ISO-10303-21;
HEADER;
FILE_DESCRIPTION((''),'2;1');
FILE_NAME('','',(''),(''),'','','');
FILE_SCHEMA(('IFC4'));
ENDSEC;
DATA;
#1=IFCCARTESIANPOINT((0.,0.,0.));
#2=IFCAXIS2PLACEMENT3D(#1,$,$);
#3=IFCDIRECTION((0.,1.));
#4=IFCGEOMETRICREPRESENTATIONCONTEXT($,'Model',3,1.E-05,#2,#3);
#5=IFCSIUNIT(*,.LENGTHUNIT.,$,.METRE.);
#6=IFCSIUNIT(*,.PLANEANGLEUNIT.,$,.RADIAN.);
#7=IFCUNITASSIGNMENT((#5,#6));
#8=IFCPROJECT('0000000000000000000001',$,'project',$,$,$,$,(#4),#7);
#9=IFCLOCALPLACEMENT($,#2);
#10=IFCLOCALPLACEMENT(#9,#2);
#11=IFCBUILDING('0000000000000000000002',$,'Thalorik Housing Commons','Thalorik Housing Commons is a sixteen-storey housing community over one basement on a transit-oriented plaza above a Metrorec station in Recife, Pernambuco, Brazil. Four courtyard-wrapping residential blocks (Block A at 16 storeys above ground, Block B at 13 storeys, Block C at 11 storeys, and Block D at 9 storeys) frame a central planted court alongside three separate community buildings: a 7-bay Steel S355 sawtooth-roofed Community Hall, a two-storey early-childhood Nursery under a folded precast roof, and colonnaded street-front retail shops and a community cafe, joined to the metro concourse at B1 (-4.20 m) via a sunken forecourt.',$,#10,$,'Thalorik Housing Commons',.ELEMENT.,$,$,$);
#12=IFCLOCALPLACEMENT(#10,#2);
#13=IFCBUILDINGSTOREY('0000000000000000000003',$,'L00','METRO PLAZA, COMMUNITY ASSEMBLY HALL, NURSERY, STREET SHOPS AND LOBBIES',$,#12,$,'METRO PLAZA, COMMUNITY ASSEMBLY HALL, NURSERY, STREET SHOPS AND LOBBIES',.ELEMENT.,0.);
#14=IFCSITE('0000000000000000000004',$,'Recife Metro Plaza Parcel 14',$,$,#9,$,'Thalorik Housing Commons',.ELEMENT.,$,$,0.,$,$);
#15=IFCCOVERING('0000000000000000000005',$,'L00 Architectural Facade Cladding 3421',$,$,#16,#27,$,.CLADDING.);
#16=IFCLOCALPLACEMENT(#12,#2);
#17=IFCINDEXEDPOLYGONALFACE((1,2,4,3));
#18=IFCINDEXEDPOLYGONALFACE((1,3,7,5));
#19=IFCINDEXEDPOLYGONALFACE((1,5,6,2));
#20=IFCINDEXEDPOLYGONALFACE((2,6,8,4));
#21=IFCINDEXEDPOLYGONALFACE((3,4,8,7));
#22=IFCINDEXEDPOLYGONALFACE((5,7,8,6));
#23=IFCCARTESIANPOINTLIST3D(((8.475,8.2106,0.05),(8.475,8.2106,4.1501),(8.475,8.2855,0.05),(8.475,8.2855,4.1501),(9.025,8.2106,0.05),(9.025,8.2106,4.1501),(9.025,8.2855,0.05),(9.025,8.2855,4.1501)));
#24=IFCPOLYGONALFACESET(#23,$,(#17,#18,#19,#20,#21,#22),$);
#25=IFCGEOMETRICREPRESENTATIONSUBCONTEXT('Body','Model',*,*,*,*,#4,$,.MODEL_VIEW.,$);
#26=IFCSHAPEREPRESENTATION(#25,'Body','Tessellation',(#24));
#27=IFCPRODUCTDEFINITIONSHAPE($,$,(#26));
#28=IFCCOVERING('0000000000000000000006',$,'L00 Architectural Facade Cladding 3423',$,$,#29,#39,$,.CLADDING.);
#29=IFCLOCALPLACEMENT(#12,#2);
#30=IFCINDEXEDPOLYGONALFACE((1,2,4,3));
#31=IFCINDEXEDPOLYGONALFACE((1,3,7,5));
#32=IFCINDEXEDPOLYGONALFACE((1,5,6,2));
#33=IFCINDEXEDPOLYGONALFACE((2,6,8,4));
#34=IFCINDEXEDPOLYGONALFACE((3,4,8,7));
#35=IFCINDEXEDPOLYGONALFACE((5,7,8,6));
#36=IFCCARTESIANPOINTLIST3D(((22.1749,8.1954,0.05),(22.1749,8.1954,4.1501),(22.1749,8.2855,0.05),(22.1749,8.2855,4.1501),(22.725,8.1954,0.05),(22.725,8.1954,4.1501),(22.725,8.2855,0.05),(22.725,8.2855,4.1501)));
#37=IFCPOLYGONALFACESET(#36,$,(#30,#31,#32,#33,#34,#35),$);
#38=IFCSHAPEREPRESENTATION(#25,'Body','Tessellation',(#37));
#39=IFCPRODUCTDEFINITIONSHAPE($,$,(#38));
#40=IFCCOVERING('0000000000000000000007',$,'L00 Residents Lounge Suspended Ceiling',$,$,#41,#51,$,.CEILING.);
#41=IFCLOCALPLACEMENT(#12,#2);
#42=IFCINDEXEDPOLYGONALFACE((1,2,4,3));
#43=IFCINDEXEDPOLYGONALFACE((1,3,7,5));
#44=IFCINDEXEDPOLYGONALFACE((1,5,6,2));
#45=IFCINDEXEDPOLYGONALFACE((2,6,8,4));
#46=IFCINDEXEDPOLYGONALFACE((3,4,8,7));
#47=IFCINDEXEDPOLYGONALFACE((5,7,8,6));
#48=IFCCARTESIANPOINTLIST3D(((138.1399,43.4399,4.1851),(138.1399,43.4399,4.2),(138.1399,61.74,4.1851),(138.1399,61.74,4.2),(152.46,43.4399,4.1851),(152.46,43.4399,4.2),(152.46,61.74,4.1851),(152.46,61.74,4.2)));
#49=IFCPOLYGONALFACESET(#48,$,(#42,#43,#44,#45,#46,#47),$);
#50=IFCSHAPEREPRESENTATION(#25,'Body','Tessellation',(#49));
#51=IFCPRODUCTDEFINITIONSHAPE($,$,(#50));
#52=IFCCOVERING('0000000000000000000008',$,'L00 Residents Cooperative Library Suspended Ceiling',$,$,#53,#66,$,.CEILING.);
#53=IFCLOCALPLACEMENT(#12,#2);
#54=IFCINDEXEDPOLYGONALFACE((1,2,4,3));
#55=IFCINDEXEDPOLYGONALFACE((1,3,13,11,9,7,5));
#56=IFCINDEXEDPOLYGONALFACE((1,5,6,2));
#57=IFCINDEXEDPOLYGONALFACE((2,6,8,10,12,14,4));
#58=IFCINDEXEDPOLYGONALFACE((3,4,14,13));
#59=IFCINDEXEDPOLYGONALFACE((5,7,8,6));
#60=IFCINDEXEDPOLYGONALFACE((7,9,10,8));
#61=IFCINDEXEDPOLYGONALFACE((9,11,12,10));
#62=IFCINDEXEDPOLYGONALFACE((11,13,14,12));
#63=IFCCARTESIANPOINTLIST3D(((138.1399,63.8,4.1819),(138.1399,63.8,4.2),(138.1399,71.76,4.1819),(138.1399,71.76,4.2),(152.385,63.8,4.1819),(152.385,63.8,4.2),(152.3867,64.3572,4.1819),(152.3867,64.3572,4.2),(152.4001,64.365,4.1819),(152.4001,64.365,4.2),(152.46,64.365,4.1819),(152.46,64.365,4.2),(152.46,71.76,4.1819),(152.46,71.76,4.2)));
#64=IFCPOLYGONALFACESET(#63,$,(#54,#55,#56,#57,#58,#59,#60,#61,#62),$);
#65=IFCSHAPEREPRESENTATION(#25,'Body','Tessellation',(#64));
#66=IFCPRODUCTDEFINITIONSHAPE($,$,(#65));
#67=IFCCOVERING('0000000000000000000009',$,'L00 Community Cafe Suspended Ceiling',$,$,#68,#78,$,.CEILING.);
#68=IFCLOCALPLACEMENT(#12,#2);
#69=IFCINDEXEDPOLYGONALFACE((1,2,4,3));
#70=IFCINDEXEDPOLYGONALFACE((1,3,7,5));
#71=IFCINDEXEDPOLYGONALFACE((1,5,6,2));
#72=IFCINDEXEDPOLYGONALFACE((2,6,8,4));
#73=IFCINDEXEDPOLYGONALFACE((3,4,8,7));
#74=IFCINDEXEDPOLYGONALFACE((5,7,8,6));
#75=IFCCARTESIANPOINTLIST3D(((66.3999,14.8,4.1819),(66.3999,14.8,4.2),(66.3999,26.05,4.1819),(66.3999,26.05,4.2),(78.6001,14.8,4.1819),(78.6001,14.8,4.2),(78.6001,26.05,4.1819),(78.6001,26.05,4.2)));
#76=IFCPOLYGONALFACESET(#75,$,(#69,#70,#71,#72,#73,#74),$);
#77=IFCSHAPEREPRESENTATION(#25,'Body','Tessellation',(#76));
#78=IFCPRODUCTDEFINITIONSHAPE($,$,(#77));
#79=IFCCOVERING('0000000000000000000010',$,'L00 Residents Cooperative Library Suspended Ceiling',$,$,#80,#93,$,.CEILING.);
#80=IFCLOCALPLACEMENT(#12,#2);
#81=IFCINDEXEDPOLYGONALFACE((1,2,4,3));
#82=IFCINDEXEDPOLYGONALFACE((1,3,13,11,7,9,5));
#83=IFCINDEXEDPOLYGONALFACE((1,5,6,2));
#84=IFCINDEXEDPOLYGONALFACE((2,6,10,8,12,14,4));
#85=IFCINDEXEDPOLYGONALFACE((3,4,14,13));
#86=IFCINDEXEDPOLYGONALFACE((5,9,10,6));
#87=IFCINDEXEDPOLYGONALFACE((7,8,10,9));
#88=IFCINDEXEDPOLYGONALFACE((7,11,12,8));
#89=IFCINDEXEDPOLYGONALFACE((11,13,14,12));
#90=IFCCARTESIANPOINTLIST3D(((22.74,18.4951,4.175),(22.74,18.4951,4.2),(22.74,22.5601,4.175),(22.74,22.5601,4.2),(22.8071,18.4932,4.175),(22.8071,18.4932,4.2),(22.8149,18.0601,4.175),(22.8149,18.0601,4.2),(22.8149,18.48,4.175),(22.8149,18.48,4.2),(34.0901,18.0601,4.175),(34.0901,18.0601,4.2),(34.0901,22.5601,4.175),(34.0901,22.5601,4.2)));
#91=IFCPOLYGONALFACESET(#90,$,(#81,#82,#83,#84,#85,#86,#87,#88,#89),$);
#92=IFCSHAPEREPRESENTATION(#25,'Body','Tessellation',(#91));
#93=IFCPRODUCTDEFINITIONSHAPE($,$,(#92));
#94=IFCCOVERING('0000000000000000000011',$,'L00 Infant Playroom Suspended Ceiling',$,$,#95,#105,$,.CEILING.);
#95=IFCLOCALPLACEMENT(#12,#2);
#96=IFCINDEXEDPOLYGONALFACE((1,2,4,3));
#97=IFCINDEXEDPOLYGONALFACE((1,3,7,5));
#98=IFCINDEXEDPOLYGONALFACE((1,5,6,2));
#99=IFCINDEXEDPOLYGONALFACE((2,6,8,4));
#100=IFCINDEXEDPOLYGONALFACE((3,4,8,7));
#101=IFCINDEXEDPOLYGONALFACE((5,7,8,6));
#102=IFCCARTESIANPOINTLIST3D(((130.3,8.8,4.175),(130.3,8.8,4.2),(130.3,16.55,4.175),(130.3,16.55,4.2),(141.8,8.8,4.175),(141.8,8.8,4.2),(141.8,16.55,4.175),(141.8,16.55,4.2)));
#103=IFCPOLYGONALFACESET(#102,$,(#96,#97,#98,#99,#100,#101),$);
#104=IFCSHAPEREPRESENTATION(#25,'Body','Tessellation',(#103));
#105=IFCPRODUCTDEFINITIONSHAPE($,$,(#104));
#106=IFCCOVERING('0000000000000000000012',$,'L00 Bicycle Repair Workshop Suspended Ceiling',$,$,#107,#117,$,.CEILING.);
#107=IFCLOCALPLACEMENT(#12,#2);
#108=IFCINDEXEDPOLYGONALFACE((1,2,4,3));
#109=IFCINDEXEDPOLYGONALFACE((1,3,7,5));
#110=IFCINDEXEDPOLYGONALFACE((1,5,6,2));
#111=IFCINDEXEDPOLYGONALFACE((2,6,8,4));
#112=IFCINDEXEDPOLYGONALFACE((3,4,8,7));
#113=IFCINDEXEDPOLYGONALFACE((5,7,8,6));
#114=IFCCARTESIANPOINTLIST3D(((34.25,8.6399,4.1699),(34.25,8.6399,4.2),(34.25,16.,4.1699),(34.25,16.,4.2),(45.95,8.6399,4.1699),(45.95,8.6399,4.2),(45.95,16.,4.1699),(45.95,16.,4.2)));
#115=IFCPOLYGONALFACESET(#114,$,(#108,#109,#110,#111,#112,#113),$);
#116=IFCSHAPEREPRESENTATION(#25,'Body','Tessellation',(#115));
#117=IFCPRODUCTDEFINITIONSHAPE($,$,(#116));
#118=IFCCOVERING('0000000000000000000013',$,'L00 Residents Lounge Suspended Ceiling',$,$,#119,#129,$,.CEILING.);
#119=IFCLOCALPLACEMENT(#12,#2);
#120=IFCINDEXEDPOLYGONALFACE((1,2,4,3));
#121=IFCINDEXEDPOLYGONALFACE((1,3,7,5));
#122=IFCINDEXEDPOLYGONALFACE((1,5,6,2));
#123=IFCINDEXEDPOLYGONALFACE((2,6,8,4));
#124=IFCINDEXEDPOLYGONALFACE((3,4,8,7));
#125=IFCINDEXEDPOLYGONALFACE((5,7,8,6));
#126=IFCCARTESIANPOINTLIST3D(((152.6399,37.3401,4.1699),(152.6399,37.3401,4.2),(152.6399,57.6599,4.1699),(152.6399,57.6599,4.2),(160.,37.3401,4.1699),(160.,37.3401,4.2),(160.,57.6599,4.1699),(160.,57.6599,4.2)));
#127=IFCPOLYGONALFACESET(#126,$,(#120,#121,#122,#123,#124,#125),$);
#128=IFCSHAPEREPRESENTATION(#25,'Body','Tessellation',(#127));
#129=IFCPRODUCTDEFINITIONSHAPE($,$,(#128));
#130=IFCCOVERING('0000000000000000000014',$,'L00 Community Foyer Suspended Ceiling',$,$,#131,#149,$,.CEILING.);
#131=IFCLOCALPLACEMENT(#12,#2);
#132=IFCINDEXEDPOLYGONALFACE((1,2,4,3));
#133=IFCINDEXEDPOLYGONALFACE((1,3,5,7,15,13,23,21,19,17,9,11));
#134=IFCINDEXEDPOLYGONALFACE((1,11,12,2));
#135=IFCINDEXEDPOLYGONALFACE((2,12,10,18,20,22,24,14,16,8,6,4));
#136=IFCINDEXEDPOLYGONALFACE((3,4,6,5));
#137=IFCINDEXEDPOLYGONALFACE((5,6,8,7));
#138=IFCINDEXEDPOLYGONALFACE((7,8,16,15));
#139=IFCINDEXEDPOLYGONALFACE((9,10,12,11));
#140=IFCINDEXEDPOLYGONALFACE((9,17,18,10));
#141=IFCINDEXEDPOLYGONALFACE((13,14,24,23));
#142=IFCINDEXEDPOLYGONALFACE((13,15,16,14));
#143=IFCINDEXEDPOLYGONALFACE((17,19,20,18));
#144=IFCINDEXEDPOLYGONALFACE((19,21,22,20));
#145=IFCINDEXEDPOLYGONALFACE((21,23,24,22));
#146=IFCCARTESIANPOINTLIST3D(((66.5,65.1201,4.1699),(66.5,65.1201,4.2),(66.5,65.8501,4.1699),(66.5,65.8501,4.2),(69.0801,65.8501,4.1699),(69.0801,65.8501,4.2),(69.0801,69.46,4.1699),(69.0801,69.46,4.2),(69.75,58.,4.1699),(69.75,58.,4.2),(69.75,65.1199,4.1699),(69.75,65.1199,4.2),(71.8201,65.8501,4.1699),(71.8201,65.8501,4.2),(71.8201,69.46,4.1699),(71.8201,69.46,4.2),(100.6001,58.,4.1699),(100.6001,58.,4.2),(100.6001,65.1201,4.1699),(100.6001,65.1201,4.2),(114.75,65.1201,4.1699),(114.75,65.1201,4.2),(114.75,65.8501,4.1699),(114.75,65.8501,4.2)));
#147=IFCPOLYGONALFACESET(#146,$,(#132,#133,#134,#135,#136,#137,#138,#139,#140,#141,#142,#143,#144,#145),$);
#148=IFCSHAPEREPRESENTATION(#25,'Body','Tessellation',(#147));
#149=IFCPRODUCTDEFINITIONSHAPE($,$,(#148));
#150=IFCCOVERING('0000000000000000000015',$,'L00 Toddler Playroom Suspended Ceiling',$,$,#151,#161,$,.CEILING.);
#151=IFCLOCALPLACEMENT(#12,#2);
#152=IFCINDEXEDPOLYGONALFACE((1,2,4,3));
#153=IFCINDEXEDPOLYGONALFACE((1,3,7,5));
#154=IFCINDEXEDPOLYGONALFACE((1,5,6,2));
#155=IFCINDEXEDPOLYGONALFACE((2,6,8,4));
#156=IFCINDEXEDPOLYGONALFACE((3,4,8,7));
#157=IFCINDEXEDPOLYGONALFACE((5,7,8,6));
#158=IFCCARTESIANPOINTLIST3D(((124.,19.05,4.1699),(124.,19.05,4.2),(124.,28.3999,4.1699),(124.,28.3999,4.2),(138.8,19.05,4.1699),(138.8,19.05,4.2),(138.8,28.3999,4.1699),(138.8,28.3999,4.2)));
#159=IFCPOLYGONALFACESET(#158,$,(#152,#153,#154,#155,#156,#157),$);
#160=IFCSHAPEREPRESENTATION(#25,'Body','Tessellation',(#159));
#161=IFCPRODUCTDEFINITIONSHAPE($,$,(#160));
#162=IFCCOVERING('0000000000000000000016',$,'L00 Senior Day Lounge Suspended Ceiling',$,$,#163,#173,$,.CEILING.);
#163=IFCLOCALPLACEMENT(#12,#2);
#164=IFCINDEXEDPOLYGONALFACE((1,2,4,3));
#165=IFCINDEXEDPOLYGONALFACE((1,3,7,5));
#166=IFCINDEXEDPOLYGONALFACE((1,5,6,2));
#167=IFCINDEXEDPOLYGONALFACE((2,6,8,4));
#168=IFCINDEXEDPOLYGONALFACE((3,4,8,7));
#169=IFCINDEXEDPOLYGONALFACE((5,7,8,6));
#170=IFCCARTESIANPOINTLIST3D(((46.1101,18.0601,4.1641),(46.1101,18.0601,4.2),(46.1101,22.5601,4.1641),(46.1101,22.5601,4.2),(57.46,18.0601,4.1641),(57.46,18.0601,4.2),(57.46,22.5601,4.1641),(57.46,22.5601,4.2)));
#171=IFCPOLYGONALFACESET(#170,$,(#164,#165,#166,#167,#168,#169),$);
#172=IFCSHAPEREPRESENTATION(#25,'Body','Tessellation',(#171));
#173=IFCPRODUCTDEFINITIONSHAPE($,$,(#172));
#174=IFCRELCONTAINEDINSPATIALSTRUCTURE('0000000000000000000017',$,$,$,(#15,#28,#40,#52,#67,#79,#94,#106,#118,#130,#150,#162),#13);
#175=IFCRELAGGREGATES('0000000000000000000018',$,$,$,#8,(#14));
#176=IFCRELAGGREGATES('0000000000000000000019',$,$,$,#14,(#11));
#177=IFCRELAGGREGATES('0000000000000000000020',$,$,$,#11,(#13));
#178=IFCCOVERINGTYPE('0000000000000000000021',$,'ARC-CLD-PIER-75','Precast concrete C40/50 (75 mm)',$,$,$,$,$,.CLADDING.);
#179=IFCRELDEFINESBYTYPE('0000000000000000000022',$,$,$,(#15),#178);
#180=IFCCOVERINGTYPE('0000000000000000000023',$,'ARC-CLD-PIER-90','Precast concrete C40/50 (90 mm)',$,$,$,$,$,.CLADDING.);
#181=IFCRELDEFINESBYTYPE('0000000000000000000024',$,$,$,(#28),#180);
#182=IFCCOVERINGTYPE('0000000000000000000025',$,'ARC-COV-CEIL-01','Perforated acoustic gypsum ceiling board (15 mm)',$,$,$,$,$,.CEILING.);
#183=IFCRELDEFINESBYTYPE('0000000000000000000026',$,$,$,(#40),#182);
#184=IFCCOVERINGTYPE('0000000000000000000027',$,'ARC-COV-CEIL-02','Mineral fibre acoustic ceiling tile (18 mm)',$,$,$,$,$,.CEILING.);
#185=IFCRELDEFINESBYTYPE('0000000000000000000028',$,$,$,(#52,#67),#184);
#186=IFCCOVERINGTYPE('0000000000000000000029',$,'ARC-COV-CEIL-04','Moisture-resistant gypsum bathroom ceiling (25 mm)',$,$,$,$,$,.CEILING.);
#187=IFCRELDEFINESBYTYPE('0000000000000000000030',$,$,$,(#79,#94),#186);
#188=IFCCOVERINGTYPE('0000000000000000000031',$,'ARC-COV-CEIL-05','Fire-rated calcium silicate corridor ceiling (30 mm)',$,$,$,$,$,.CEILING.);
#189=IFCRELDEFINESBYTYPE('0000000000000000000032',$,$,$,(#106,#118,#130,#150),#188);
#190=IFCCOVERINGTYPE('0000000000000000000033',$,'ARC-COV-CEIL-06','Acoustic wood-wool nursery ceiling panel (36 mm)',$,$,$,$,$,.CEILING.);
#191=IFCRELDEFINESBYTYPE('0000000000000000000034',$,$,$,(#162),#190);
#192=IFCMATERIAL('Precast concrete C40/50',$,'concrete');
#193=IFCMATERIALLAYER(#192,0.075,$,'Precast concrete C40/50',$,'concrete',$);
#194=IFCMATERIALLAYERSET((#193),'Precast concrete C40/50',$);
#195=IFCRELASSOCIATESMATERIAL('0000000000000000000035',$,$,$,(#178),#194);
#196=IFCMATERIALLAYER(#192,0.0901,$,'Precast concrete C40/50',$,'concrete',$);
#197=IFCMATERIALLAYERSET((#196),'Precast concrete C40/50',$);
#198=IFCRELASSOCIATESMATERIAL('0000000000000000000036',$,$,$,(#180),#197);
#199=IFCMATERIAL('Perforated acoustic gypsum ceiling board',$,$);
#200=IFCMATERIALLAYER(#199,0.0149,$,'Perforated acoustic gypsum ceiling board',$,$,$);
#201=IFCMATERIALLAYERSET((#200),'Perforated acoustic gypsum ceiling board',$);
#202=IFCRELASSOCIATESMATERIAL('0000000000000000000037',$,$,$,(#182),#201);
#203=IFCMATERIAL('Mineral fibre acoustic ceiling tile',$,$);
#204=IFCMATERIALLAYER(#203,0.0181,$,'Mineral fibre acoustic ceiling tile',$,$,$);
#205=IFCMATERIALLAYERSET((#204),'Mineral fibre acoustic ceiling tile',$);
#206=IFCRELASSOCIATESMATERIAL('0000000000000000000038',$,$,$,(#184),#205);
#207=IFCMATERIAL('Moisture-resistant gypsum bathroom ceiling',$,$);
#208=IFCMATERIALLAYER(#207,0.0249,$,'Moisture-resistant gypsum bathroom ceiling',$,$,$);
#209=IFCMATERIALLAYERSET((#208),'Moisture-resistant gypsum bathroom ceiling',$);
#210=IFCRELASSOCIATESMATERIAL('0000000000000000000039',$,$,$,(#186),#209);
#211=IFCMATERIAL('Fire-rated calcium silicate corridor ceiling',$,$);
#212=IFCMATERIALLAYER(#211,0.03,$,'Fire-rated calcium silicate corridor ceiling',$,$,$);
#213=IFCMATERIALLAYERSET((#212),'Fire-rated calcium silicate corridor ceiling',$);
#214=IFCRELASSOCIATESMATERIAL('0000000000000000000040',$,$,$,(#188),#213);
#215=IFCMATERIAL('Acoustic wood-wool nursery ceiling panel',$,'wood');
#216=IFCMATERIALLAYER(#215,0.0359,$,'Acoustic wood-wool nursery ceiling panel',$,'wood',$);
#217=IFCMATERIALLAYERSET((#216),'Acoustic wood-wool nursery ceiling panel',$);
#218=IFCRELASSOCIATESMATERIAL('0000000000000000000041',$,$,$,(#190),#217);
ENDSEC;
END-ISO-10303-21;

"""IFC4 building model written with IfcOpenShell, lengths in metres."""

from ifc_helpers import new_model, si_unit, direction, frame, origin, origin_2d, place, context, subcontext, project, spatial, polyline, rectangle, outline, extrude, material, layer, layer_set, type_object, element, save


model = new_model("IFC4")

# Units and contexts
model_context = context("Model", 3, precision=1e-05, world=origin(), true_north=direction((0.0, 1.0)))
body_context = subcontext(model_context, "Body", "Model", "MODEL_VIEW")
ifc_project = project(units=[si_unit("LENGTHUNIT", "METRE"), si_unit("PLANEANGLEUNIT", "RADIAN")], contexts=[model_context])

# Site, building, storey
site_placement = place(None, origin())
site = spatial("IfcSite", under=ifc_project, at=site_placement, Name="Recife Metro Plaza Parcel 14", LongName="Thalorik Housing Commons", CompositionType="ELEMENT", RefElevation=0.0)
building_placement = place(site_placement, origin())
building = spatial("IfcBuilding", under=site, at=building_placement, Name="Thalorik Housing Commons", Description="Thalorik Housing Commons is a sixteen-storey housing community over one basement on a transit-oriented plaza above a Metrorec station in Recife, Pernambuco, Brazil. Four courtyard-wrapping residential blocks (Block A at 16 storeys above ground, Block B at 13 storeys, Block C at 11 storeys, and Block D at 9 storeys) frame a central planted court alongside three separate community buildings: a 7-bay Steel S355 sawtooth-roofed Community Hall, a two-storey early-childhood Nursery under a folded precast roof, and colonnaded street-front retail shops and a community cafe, joined to the metro concourse at B1 (-4.20 m) via a sunken forecourt.", LongName="Thalorik Housing Commons", CompositionType="ELEMENT")
storey_placement = place(building_placement, origin())
storey = spatial("IfcBuildingStorey", under=building, at=storey_placement, Name="L00", Description="METRO PLAZA, COMMUNITY ASSEMBLY HALL, NURSERY, STREET SHOPS AND LOBBIES", LongName="METRO PLAZA, COMMUNITY ASSEMBLY HALL, NURSERY, STREET SHOPS AND LOBBIES", CompositionType="ELEMENT", Elevation=0.0)

# Coverings
ifc_material_1 = material(Name="Precast concrete C40/50", Category="concrete")
ifc_layer_1 = layer(ifc_material_1, 0.075, Name="Precast concrete C40/50", Category="concrete")
ifc_layer_set_1 = layer_set([ifc_layer_1], Name="Precast concrete C40/50")
covering_type_1 = type_object("IfcCoveringType", Name="ARC-CLD-PIER-75", Description="Precast concrete C40/50 (75 mm)", PredefinedType="CLADDING", material=ifc_layer_set_1)
covering_1_placement = place(storey_placement, frame((8.75, 8.248, 0.05), z_axis=(0.0, 0.0, 1.0), x_axis=(1.0, 0.0, 0.0)))
element("IfcCovering", 1, at=covering_1_placement, inside=storey, type_object=covering_type_1, Name="L00 Architectural Facade Cladding 3421", PredefinedType="CLADDING", context=body_context, shape_type="SweptSolid", body=[
    extrude(rectangle(XDim=0.55, YDim=0.075, at=origin_2d()), origin(), (0.0, 0.0, 1.0), 4.1001),
])
ifc_layer_2 = layer(ifc_material_1, 0.0901, Name="Precast concrete C40/50", Category="concrete")
ifc_layer_set_2 = layer_set([ifc_layer_2], Name="Precast concrete C40/50")
covering_type_2 = type_object("IfcCoveringType", Name="ARC-CLD-PIER-90", Description="Precast concrete C40/50 (90 mm)", PredefinedType="CLADDING", material=ifc_layer_set_2)
covering_2_placement = place(storey_placement, frame((22.45, 8.2405, 0.05), z_axis=(0.0, 0.0, 1.0), x_axis=(1.0, 0.0, 0.0)))
element("IfcCovering", 2, at=covering_2_placement, inside=storey, type_object=covering_type_2, Name="L00 Architectural Facade Cladding 3423", PredefinedType="CLADDING", context=body_context, shape_type="SweptSolid", body=[
    extrude(rectangle(XDim=0.55, YDim=0.0901, at=origin_2d()), origin(), (0.0, 0.0, 1.0), 4.1001),
])
ifc_material_2 = material(Name="Perforated acoustic gypsum ceiling board")
ifc_layer_3 = layer(ifc_material_2, 0.0149, Name="Perforated acoustic gypsum ceiling board")
ifc_layer_set_3 = layer_set([ifc_layer_3], Name="Perforated acoustic gypsum ceiling board")
covering_type_3 = type_object("IfcCoveringType", Name="ARC-COV-CEIL-01", Description="Perforated acoustic gypsum ceiling board (15 mm)", PredefinedType="CEILING", material=ifc_layer_set_3)
covering_3_placement = place(storey_placement, frame((0.0, 0.0, 4.1851)))
element("IfcCovering", 3, at=covering_3_placement, inside=storey, type_object=covering_type_3, Name="L00 Residents Lounge Suspended Ceiling", PredefinedType="CEILING", context=body_context, shape_type="SweptSolid", body=[
    extrude(outline(polyline([(152.46, 43.4399), (152.46, 61.74), (138.1399, 61.74), (138.1399, 43.4399), (152.46, 43.4399)])), origin(), (0.0, 0.0, 1.0), 0.0149),
])
ifc_material_3 = material(Name="Mineral fibre acoustic ceiling tile")
ifc_layer_4 = layer(ifc_material_3, 0.0181, Name="Mineral fibre acoustic ceiling tile")
ifc_layer_set_4 = layer_set([ifc_layer_4], Name="Mineral fibre acoustic ceiling tile")
covering_type_4 = type_object("IfcCoveringType", Name="ARC-COV-CEIL-02", Description="Mineral fibre acoustic ceiling tile (18 mm)", PredefinedType="CEILING", material=ifc_layer_set_4)
covering_4_placement = place(storey_placement, frame((0.0, 0.0, 4.1819)))
element("IfcCovering", 4, at=covering_4_placement, inside=storey, type_object=covering_type_4, Name="L00 Residents Cooperative Library Suspended Ceiling", PredefinedType="CEILING", context=body_context, shape_type="SweptSolid", body=[
    extrude(outline(polyline([(138.1399, 63.8), (152.385, 63.8), (152.3867, 64.3572), (152.4001, 64.365), (152.46, 64.365), (152.46, 71.76), (138.1399, 71.76), (138.1399, 63.8)])), origin(), (0.0, 0.0, 1.0), 0.0181),
])
covering_5_placement = place(storey_placement, frame((0.0, 0.0, 4.1819)))
element("IfcCovering", 5, at=covering_5_placement, inside=storey, type_object=covering_type_4, Name="L00 Community Cafe Suspended Ceiling", PredefinedType="CEILING", context=body_context, shape_type="SweptSolid", body=[
    extrude(outline(polyline([(78.6001, 14.8), (78.6001, 26.05), (66.3999, 26.05), (66.3999, 14.8), (78.6001, 14.8)])), origin(), (0.0, 0.0, 1.0), 0.0181),
])
ifc_material_4 = material(Name="Moisture-resistant gypsum bathroom ceiling")
ifc_layer_5 = layer(ifc_material_4, 0.0249, Name="Moisture-resistant gypsum bathroom ceiling")
ifc_layer_set_5 = layer_set([ifc_layer_5], Name="Moisture-resistant gypsum bathroom ceiling")
covering_type_5 = type_object("IfcCoveringType", Name="ARC-COV-CEIL-04", Description="Moisture-resistant gypsum bathroom ceiling (25 mm)", PredefinedType="CEILING", material=ifc_layer_set_5)
covering_6_placement = place(storey_placement, frame((0.0, 0.0, 4.175)))
element("IfcCovering", 6, at=covering_6_placement, inside=storey, type_object=covering_type_5, Name="L00 Residents Cooperative Library Suspended Ceiling", PredefinedType="CEILING", context=body_context, shape_type="SweptSolid", body=[
    extrude(outline(polyline([(22.74, 18.4951), (22.8071, 18.4932), (22.8149, 18.48), (22.8149, 18.0601), (34.0901, 18.0601), (34.0901, 22.5601), (22.74, 22.5601), (22.74, 18.4951)])), origin(), (0.0, 0.0, 1.0), 0.0249),
])
covering_7_placement = place(storey_placement, frame((0.0, 0.0, 4.175)))
element("IfcCovering", 7, at=covering_7_placement, inside=storey, type_object=covering_type_5, Name="L00 Infant Playroom Suspended Ceiling", PredefinedType="CEILING", context=body_context, shape_type="SweptSolid", body=[
    extrude(outline(polyline([(141.8, 8.8), (141.8, 16.55), (130.3, 16.55), (130.3, 8.8), (141.8, 8.8)])), origin(), (0.0, 0.0, 1.0), 0.0249),
])
ifc_material_5 = material(Name="Fire-rated calcium silicate corridor ceiling")
ifc_layer_6 = layer(ifc_material_5, 0.03, Name="Fire-rated calcium silicate corridor ceiling")
ifc_layer_set_6 = layer_set([ifc_layer_6], Name="Fire-rated calcium silicate corridor ceiling")
covering_type_6 = type_object("IfcCoveringType", Name="ARC-COV-CEIL-05", Description="Fire-rated calcium silicate corridor ceiling (30 mm)", PredefinedType="CEILING", material=ifc_layer_set_6)
covering_8_placement = place(storey_placement, frame((0.0, 0.0, 4.1699)))
element("IfcCovering", 8, at=covering_8_placement, inside=storey, type_object=covering_type_6, Name="L00 Bicycle Repair Workshop Suspended Ceiling", PredefinedType="CEILING", context=body_context, shape_type="SweptSolid", body=[
    extrude(outline(polyline([(45.95, 8.6399), (45.95, 16.0), (34.25, 16.0), (34.25, 8.6399), (45.95, 8.6399)])), origin(), (0.0, 0.0, 1.0), 0.03),
])
covering_9_placement = place(storey_placement, frame((0.0, 0.0, 4.1699)))
element("IfcCovering", 9, at=covering_9_placement, inside=storey, type_object=covering_type_6, Name="L00 Residents Lounge Suspended Ceiling", PredefinedType="CEILING", context=body_context, shape_type="SweptSolid", body=[
    extrude(outline(polyline([(160.0, 57.6599), (152.6399, 57.6599), (152.6399, 37.3401), (160.0, 37.3401), (160.0, 57.6599)])), origin(), (0.0, 0.0, 1.0), 0.03),
])
covering_10_placement = place(storey_placement, frame((0.0, 0.0, 4.1699)))
element("IfcCovering", 10, at=covering_10_placement, inside=storey, type_object=covering_type_6, Name="L00 Community Foyer Suspended Ceiling", PredefinedType="CEILING", context=body_context, shape_type="SweptSolid", body=[
    extrude(outline(polyline([(66.5, 65.8501), (66.5, 65.1201), (69.75, 65.1199), (69.75, 58.0), (100.6001, 58.0), (100.6001, 65.1201), (114.75, 65.1201), (114.75, 65.8501), (71.8201, 65.8501), (71.8201, 69.46), (69.0801, 69.46), (69.0801, 65.8501), (66.5, 65.8501)])), origin(), (0.0, 0.0, 1.0), 0.03),
])
covering_11_placement = place(storey_placement, frame((0.0, 0.0, 4.1699)))
element("IfcCovering", 11, at=covering_11_placement, inside=storey, type_object=covering_type_6, Name="L00 Toddler Playroom Suspended Ceiling", PredefinedType="CEILING", context=body_context, shape_type="SweptSolid", body=[
    extrude(outline(polyline([(138.8, 19.05), (138.8, 28.3999), (124.0, 28.3999), (124.0, 19.05), (138.8, 19.05)])), origin(), (0.0, 0.0, 1.0), 0.03),
])
ifc_material_6 = material(Name="Acoustic wood-wool nursery ceiling panel", Category="wood")
ifc_layer_7 = layer(ifc_material_6, 0.0359, Name="Acoustic wood-wool nursery ceiling panel", Category="wood")
ifc_layer_set_7 = layer_set([ifc_layer_7], Name="Acoustic wood-wool nursery ceiling panel")
covering_type_7 = type_object("IfcCoveringType", Name="ARC-COV-CEIL-06", Description="Acoustic wood-wool nursery ceiling panel (36 mm)", PredefinedType="CEILING", material=ifc_layer_set_7)
covering_12_placement = place(storey_placement, frame((0.0, 0.0, 4.1641)))
element("IfcCovering", 12, at=covering_12_placement, inside=storey, type_object=covering_type_7, Name="L00 Senior Day Lounge Suspended Ceiling", PredefinedType="CEILING", context=body_context, shape_type="SweptSolid", body=[
    extrude(outline(polyline([(57.46, 18.0601), (57.46, 22.5601), (46.1101, 22.5601), (46.1101, 18.0601), (57.46, 18.0601)])), origin(), (0.0, 0.0, 1.0), 0.0359),
])

save(model, "model.ifc")
